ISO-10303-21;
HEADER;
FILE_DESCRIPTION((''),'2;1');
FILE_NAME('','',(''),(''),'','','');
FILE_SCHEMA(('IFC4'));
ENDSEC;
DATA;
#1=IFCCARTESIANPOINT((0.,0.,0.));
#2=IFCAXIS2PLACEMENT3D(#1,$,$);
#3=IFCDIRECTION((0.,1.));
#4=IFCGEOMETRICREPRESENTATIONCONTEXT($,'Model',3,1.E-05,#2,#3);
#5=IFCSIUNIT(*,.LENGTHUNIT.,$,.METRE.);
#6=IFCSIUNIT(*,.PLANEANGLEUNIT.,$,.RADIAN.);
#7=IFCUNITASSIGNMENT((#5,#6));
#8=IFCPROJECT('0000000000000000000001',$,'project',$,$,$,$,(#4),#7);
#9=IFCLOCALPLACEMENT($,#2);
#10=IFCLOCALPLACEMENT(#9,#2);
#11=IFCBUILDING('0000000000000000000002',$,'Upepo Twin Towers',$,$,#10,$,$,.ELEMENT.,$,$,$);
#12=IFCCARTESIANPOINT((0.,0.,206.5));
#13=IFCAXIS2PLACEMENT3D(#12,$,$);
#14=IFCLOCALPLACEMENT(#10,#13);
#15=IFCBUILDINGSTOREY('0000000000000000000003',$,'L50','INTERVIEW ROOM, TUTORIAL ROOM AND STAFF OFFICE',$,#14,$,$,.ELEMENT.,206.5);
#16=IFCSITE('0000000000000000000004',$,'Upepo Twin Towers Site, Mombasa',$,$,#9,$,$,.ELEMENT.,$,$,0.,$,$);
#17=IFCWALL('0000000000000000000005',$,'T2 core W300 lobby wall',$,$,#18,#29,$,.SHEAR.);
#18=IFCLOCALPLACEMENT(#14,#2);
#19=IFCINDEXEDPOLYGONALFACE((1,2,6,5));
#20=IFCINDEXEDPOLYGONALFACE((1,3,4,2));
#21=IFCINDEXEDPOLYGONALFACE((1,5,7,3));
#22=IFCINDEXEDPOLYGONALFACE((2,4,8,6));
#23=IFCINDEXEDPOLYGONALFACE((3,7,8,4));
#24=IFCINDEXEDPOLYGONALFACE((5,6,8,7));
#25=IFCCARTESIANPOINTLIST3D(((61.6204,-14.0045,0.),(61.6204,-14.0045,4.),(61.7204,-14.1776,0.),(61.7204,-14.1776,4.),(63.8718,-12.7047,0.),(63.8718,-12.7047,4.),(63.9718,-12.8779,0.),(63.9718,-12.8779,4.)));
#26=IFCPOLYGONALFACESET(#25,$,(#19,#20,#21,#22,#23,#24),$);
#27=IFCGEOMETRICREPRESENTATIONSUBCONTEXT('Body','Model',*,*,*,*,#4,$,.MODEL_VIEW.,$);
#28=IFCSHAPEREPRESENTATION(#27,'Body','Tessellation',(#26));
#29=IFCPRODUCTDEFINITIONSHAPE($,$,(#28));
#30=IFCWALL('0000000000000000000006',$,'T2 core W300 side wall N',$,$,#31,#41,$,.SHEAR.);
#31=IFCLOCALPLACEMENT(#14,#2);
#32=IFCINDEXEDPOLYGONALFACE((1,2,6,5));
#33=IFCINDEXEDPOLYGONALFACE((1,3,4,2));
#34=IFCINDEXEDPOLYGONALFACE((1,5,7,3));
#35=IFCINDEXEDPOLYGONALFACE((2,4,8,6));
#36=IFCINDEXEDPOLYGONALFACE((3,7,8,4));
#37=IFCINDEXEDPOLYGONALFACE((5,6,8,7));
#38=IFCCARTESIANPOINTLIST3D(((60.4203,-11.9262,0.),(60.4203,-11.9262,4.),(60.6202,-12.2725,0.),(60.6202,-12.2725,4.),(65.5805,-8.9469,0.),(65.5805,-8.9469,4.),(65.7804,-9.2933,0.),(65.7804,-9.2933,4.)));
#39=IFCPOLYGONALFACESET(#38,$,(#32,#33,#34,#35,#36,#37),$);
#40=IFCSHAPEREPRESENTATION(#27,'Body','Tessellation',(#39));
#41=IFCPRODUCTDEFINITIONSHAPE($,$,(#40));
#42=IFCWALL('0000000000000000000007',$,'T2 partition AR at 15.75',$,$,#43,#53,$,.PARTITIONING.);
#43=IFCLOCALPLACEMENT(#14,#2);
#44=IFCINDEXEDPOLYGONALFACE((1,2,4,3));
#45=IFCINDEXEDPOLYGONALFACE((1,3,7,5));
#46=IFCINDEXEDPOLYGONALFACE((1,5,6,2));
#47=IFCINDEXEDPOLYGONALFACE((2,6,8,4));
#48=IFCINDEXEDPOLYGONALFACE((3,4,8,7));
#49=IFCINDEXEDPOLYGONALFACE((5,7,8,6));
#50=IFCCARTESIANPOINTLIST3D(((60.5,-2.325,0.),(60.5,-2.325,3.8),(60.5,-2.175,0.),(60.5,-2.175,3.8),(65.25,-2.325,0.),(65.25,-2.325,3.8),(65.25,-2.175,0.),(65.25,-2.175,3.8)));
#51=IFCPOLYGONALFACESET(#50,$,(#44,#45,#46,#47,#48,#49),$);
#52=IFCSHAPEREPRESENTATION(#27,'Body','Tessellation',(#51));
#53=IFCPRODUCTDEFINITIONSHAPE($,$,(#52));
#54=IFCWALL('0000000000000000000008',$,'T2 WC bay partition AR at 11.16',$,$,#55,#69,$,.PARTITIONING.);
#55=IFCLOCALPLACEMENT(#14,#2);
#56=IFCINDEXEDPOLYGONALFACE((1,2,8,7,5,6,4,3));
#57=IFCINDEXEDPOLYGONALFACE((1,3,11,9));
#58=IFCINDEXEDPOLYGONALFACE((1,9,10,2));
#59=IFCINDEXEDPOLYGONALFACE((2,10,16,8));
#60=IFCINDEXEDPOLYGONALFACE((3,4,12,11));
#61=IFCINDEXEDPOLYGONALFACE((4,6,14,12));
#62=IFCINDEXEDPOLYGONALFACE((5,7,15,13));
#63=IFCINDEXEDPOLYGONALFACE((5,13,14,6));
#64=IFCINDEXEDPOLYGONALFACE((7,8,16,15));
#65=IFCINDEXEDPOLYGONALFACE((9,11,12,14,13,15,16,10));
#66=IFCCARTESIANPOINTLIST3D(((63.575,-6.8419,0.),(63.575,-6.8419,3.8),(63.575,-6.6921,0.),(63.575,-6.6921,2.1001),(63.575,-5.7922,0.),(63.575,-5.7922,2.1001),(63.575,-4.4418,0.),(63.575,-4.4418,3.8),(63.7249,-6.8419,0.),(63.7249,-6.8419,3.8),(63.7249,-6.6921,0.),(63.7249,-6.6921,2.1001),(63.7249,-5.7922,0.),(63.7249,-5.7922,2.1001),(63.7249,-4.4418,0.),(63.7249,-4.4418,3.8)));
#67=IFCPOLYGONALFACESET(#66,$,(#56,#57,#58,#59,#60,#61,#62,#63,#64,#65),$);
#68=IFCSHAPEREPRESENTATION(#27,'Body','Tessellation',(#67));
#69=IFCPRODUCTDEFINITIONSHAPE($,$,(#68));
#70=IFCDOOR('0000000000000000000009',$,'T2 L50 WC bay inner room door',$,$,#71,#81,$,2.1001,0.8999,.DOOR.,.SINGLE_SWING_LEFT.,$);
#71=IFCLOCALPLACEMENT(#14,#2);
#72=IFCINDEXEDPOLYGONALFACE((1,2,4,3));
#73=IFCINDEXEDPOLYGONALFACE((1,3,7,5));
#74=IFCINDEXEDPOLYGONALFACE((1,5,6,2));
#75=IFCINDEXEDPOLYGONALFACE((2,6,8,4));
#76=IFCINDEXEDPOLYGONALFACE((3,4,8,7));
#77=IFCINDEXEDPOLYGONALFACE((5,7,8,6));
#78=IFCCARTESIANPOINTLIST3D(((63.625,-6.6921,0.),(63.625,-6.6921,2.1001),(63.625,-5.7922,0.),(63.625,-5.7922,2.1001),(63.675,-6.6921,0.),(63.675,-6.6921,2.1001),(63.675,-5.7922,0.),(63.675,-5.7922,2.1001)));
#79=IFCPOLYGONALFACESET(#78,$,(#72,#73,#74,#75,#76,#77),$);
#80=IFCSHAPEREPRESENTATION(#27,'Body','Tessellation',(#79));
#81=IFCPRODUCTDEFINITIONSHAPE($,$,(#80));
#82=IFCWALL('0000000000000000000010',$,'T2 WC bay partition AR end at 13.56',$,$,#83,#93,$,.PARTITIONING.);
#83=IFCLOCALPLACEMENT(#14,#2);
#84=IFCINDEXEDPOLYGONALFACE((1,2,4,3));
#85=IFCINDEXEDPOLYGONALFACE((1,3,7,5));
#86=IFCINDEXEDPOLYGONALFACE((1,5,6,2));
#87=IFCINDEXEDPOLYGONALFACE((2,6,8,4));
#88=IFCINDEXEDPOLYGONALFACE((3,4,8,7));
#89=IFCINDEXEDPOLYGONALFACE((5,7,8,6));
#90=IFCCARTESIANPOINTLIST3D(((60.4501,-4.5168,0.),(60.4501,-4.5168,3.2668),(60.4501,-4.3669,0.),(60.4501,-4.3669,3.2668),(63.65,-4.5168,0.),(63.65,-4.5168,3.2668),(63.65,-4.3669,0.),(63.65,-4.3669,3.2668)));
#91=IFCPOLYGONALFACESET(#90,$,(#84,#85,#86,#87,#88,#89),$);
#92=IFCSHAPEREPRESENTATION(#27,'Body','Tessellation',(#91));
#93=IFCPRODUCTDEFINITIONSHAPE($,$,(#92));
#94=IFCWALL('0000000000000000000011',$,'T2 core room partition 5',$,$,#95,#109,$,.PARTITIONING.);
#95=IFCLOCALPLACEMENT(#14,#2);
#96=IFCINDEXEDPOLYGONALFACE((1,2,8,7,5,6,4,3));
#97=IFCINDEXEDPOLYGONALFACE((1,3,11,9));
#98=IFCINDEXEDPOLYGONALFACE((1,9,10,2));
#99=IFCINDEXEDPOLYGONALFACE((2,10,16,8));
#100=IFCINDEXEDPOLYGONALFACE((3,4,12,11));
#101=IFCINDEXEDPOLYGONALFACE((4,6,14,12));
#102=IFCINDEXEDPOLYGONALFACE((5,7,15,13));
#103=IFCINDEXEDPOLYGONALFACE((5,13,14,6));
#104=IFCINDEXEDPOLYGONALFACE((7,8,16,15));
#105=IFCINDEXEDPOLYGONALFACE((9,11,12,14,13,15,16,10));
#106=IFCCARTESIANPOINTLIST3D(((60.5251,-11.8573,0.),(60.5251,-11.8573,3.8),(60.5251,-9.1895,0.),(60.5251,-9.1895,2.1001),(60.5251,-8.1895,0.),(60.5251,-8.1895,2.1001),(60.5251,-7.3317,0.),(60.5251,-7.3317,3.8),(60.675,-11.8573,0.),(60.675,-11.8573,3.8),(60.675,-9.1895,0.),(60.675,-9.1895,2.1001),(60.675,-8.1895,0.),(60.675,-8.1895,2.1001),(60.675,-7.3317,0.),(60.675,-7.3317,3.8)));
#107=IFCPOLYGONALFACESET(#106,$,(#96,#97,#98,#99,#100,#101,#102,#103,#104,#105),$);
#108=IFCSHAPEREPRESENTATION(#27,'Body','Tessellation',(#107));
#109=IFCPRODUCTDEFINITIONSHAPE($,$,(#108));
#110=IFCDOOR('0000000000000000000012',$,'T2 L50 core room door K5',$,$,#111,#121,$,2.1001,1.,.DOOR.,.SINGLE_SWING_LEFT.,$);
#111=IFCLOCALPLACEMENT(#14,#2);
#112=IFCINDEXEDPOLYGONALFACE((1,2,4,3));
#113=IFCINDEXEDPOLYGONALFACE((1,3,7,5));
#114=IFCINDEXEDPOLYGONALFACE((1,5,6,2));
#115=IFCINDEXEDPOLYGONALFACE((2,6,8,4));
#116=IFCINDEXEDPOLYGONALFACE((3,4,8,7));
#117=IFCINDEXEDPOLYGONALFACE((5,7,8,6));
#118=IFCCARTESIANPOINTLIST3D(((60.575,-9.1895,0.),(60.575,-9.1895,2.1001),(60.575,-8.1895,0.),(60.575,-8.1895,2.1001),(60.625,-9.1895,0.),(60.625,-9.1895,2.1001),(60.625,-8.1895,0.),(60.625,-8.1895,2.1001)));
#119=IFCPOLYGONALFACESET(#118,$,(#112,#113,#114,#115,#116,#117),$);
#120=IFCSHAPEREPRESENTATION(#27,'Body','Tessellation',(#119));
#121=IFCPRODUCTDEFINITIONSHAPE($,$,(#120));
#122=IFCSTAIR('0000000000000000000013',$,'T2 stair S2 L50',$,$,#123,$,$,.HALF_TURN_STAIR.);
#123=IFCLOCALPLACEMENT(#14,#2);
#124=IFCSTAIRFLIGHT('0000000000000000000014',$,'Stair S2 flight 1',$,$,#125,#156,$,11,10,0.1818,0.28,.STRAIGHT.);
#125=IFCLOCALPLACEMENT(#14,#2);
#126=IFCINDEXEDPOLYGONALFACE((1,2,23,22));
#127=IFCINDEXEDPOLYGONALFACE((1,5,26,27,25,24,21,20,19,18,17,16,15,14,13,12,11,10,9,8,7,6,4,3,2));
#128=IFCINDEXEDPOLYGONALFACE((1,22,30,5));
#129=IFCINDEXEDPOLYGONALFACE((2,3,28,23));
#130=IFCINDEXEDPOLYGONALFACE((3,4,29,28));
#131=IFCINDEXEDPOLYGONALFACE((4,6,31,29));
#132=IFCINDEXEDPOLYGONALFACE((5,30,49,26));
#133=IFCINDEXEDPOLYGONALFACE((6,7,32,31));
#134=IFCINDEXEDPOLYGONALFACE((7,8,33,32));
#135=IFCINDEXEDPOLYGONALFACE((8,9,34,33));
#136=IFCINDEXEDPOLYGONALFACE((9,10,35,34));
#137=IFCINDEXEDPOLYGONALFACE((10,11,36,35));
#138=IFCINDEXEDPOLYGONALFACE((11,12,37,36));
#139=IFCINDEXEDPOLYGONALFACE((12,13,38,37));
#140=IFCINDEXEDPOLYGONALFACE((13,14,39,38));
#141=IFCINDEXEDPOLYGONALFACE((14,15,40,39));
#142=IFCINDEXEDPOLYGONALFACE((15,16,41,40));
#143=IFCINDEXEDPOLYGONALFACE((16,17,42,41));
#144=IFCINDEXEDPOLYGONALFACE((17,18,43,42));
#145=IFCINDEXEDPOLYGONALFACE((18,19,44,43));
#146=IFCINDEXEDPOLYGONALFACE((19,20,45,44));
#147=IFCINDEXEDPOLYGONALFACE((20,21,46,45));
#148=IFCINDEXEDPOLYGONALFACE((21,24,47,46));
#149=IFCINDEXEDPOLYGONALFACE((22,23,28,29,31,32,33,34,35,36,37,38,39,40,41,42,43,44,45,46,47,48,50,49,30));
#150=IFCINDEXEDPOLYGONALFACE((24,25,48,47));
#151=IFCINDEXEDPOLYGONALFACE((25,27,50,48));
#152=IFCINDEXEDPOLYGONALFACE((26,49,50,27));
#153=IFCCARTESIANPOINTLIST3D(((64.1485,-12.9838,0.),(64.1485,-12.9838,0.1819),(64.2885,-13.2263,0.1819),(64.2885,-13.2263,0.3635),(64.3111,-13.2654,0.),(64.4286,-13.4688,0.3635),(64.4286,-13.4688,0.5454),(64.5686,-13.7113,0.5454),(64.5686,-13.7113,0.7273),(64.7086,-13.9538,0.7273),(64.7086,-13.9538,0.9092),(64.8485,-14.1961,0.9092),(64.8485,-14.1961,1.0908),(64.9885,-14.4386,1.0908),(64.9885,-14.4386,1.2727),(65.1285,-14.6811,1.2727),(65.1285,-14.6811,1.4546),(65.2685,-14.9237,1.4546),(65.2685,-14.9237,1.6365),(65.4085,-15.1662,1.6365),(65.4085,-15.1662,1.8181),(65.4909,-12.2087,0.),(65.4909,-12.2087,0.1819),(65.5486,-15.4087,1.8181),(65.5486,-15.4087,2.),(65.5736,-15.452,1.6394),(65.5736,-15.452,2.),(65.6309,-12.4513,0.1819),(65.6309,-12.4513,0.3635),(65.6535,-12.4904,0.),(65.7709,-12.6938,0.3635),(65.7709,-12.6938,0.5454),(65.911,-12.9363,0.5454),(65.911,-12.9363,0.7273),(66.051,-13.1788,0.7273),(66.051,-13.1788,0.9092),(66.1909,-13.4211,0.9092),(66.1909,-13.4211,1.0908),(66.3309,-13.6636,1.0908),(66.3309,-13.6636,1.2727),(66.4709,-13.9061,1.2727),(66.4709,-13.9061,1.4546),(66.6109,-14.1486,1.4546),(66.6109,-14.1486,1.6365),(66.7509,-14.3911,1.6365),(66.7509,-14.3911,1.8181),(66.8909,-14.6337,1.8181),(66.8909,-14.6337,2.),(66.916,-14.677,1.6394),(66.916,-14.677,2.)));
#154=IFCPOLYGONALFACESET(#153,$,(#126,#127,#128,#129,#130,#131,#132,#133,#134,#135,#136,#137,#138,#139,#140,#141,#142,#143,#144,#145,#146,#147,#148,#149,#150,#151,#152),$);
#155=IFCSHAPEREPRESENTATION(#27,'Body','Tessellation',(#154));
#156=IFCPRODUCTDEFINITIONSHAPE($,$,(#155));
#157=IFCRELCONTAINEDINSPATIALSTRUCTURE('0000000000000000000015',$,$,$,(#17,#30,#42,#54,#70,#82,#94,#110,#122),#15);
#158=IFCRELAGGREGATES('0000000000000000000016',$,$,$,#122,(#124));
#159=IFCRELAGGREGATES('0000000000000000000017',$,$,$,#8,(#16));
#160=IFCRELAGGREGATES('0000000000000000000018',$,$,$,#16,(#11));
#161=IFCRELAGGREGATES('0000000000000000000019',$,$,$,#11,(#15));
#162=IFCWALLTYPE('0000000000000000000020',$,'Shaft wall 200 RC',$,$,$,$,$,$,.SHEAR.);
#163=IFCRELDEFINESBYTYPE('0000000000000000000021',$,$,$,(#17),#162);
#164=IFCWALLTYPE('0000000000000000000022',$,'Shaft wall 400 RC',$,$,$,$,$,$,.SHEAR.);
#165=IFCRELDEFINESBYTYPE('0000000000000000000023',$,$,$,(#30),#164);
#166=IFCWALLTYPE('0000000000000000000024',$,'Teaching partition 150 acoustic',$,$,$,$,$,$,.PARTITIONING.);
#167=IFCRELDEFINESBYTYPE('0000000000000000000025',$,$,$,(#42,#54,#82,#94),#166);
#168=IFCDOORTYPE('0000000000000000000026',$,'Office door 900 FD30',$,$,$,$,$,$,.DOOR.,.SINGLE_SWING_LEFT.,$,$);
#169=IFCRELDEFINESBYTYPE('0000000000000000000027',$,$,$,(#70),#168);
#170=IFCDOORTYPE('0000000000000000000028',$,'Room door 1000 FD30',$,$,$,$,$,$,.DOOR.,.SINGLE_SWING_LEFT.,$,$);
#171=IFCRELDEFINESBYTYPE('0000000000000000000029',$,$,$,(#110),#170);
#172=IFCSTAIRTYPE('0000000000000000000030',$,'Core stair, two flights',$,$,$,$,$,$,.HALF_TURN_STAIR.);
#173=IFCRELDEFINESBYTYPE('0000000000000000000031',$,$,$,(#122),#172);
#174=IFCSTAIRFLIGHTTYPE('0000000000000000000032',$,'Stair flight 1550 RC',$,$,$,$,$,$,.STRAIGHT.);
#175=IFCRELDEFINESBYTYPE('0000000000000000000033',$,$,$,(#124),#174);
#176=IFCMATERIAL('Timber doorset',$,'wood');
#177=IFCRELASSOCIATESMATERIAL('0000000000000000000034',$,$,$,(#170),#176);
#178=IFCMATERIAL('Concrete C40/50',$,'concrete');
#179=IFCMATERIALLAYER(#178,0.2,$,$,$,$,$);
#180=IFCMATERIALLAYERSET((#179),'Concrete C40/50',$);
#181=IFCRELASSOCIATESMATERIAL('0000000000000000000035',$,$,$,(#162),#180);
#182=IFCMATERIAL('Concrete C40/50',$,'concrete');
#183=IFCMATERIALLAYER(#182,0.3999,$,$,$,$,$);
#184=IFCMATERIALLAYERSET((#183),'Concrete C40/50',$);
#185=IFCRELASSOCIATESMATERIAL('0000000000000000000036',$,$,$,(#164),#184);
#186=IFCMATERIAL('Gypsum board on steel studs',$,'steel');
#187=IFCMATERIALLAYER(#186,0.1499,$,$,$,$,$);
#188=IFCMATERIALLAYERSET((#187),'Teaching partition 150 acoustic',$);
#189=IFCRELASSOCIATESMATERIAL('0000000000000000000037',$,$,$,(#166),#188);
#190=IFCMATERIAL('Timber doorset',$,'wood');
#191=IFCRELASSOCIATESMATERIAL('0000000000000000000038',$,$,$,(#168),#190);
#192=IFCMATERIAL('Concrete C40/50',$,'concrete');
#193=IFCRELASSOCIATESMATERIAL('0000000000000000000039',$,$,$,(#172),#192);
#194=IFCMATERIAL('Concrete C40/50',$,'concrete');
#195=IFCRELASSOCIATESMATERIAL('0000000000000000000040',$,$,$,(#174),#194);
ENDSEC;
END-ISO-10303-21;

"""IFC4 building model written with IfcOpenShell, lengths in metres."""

from ifc_helpers import new_model, si_unit, direction, frame, frame_2d, origin, place, context, subcontext, project, spatial, polyline, rectangle, outline, extrude, material, layer, layer_set, type_object, element, fill, aggregate, save


model = new_model("IFC4")

# Units and contexts
model_context = context("Model", 3, precision=1e-05, world=origin(), true_north=direction((0.0, 1.0)))
body_context = subcontext(model_context, "Body", "Model", "MODEL_VIEW")
ifc_project = project(units=[si_unit("LENGTHUNIT", "METRE"), si_unit("PLANEANGLEUNIT", "RADIAN")], contexts=[model_context])

# Site, building, storey
site_placement = place(None, origin())
site = spatial("IfcSite", under=ifc_project, at=site_placement, Name="Upepo Twin Towers Site, Mombasa", CompositionType="ELEMENT", RefElevation=0.0)
building_placement = place(site_placement, origin())
building = spatial("IfcBuilding", under=site, at=building_placement, Name="Upepo Twin Towers", CompositionType="ELEMENT")
storey_placement = place(building_placement, frame((0.0, 0.0, 206.5)))
storey = spatial("IfcBuildingStorey", under=building, at=storey_placement, Name="L50", Description="INTERVIEW ROOM, TUTORIAL ROOM AND STAFF OFFICE", CompositionType="ELEMENT", Elevation=206.5)

# Shared definitions
ifc_material_1 = material(Name="Timber doorset", Category="wood")
door_type_1 = type_object("IfcDoorType", Name="Room door 1000 FD30", OperationType="SINGLE_SWING_LEFT", PredefinedType="DOOR", material=ifc_material_1)

# Walls
ifc_material_2 = material(Name="Concrete C40/50", Category="concrete")
ifc_layer_1 = layer(ifc_material_2, 0.2)
ifc_layer_set_1 = layer_set([ifc_layer_1], Name="Concrete C40/50")
wall_type_1 = type_object("IfcWallType", Name="Shaft wall 200 RC", PredefinedType="SHEAR", material=ifc_layer_set_1)
wall_1_placement = place(storey_placement, frame((61.6704, -14.0911, 0.0), z_axis=(0.0, 0.0, 1.0), x_axis=(0.866039, 0.499977, 0.0)))
element("IfcWall", 1, at=wall_1_placement, inside=storey, type_object=wall_type_1, Name="T2 core W300 lobby wall", PredefinedType="SHEAR", context=body_context, shape_type="SweptSolid", body=[
    extrude(rectangle(XDim=2.5996, YDim=0.2, at=frame_2d((1.2998, 0.0))), origin(), (0.0, 0.0, 1.0), 4.0),
])
ifc_material_3 = material(Name="Concrete C40/50", Category="concrete")
ifc_layer_2 = layer(ifc_material_3, 0.3999)
ifc_layer_set_2 = layer_set([ifc_layer_2], Name="Concrete C40/50")
wall_type_2 = type_object("IfcWallType", Name="Shaft wall 400 RC", PredefinedType="SHEAR", material=ifc_layer_set_2)
wall_2_placement = place(storey_placement, frame((60.5203, -12.0994, 0.0), z_axis=(0.0, 0.0, 1.0), x_axis=(0.866023, 0.500004, 0.0)))
element("IfcWall", 2, at=wall_2_placement, inside=storey, type_object=wall_type_2, Name="T2 core W300 side wall N", PredefinedType="SHEAR", context=body_context, shape_type="SweptSolid", body=[
    extrude(rectangle(XDim=5.9585, YDim=0.3999, at=frame_2d((2.9792, 0.0))), origin(), (0.0, 0.0, 1.0), 4.0),
])
ifc_material_4 = material(Name="Gypsum board on steel studs", Category="steel")
ifc_layer_3 = layer(ifc_material_4, 0.1499)
ifc_layer_set_3 = layer_set([ifc_layer_3], Name="Teaching partition 150 acoustic")
wall_type_3 = type_object("IfcWallType", Name="Teaching partition 150 acoustic", PredefinedType="PARTITIONING", material=ifc_layer_set_3)
wall_3_placement = place(storey_placement, frame((60.5, -2.25, 0.0), z_axis=(0.0, 0.0, 1.0), x_axis=(1.0, 0.0, 0.0)))
element("IfcWall", 3, at=wall_3_placement, inside=storey, type_object=wall_type_3, Name="T2 partition AR at 15.75", PredefinedType="PARTITIONING", context=body_context, shape_type="SweptSolid", body=[
    extrude(rectangle(XDim=4.75, YDim=0.1499, at=frame_2d((2.375, 0.0))), origin(), (0.0, 0.0, 1.0), 3.8),
])

# Wall, opening, door
wall_4_placement = place(storey_placement, frame((63.6499, -6.842, 0.0), z_axis=(0.0, 0.0, 1.0), x_axis=(0.0, 1.0, 0.0)))
wall_4 = element("IfcWall", 4, at=wall_4_placement, inside=storey, type_object=wall_type_3, Name="T2 WC bay partition AR at 11.16", PredefinedType="PARTITIONING", context=body_context, shape_type="SweptSolid", body=[
    extrude(rectangle(XDim=2.4001, YDim=0.1499, at=frame_2d((1.2002, 0.0))), origin(), (0.0, 0.0, 1.0), 3.8),
])
opening_1_placement = place(wall_4_placement, frame((0.1499, 0.0, 0.0)))
opening_1 = element("IfcOpeningElement", 5, at=opening_1_placement, cuts=wall_4, PredefinedType="OPENING", context=body_context, shape_type="SweptSolid", body=[
    extrude(rectangle(XDim=0.8999, YDim=2.1001, at=frame_2d((0.45, 1.05))), frame((0.0, 0.085, 0.0), z_axis=(0.0, -1.0, 0.0), x_axis=(1.0, 0.0, 0.0)), (0.0, 0.0, 1.0), 0.1699),
])
ifc_material_5 = material(Name="Timber doorset", Category="wood")
door_type_2 = type_object("IfcDoorType", Name="Office door 900 FD30", OperationType="SINGLE_SWING_LEFT", PredefinedType="DOOR", material=ifc_material_5)
door_1_placement = place(opening_1_placement, origin())
door_1 = element("IfcDoor", 6, at=door_1_placement, inside=storey, type_object=door_type_2, Name="T2 L50 WC bay inner room door", OperationType="SINGLE_SWING_LEFT", OverallHeight=2.1001, OverallWidth=0.8999, PredefinedType="DOOR", context=body_context, shape_type="SweptSolid", body=[
    extrude(rectangle(XDim=0.8999, YDim=2.1001, at=frame_2d((0.45, 1.05))), frame((0.0, 0.0249, 0.0), z_axis=(0.0, -1.0, 0.0), x_axis=(1.0, 0.0, 0.0)), (0.0, 0.0, 1.0), 0.05),
])
fill(opening_1, door_1)

# Wall
wall_5_placement = place(storey_placement, frame((60.45, -4.4419, 0.0), z_axis=(0.0, 0.0, 1.0), x_axis=(1.0, 0.0, 0.0)))
element("IfcWall", 7, at=wall_5_placement, inside=storey, type_object=wall_type_3, Name="T2 WC bay partition AR end at 13.56", PredefinedType="PARTITIONING", context=body_context, shape_type="SweptSolid", body=[
    extrude(rectangle(XDim=3.2, YDim=0.1499, at=frame_2d((1.6001, 0.0))), origin(), (0.0, 0.0, 1.0), 3.2668),
])

# Wall, opening, door
wall_6_placement = place(storey_placement, frame((60.6001, -7.3318, 0.0), z_axis=(0.0, 0.0, 1.0), x_axis=(0.0, -1.0, 0.0)))
wall_6 = element("IfcWall", 8, at=wall_6_placement, inside=storey, type_object=wall_type_3, Name="T2 core room partition 5", PredefinedType="PARTITIONING", context=body_context, shape_type="SweptSolid", body=[
    extrude(rectangle(XDim=4.5256, YDim=0.1499, at=frame_2d((2.2627, 0.0))), origin(), (0.0, 0.0, 1.0), 3.8),
])
opening_2_placement = place(wall_6_placement, frame((0.8577, 0.0, 0.0)))
opening_2 = element("IfcOpeningElement", 9, at=opening_2_placement, cuts=wall_6, PredefinedType="OPENING", context=body_context, shape_type="SweptSolid", body=[
    extrude(rectangle(XDim=1.0, YDim=2.1001, at=frame_2d((0.5, 1.05))), frame((0.0, 0.085, 0.0), z_axis=(0.0, -1.0, 0.0), x_axis=(1.0, 0.0, 0.0)), (0.0, 0.0, 1.0), 0.1699),
])
door_2_placement = place(opening_2_placement, origin())
door_2 = element("IfcDoor", 10, at=door_2_placement, inside=storey, type_object=door_type_1, Name="T2 L50 core room door K5", OperationType="SINGLE_SWING_LEFT", OverallHeight=2.1001, OverallWidth=1.0, PredefinedType="DOOR", context=body_context, shape_type="SweptSolid", body=[
    extrude(rectangle(XDim=1.0, YDim=2.1001, at=frame_2d((0.5, 1.05))), frame((0.0, 0.0249, 0.0), z_axis=(0.0, -1.0, 0.0), x_axis=(1.0, 0.0, 0.0)), (0.0, 0.0, 1.0), 0.05),
])
fill(opening_2, door_2)

# Stair, stair flight
ifc_material_6 = material(Name="Concrete C40/50", Category="concrete")
stair_type = type_object("IfcStairType", Name="Core stair, two flights", PredefinedType="HALF_TURN_STAIR", material=ifc_material_6)
stair_placement = place(storey_placement, origin())
stair = element("IfcStair", 11, at=stair_placement, inside=storey, type_object=stair_type, Name="T2 stair S2 L50", PredefinedType="HALF_TURN_STAIR")
ifc_material_7 = material(Name="Concrete C40/50", Category="concrete")
stair_flight_type = type_object("IfcStairFlightType", Name="Stair flight 1550 RC", PredefinedType="STRAIGHT", material=ifc_material_7)
stair_flight_1_placement = place(storey_placement, frame((64.8198, -12.5962, 0.0), z_axis=(0.0, 0.0, 1.0), x_axis=(0.5, -0.866025, 0.0)))
stair_flight_1 = element("IfcStairFlight", 12, at=stair_flight_1_placement, type_object=stair_flight_type, Name="Stair S2 flight 1", NumberOfRisers=11, NumberOfTreads=10, PredefinedType="STRAIGHT", RiserHeight=0.1818, TreadLength=0.28, context=body_context, shape_type="SweptSolid", body=[
    extrude(outline(polyline([(0.0, 0.0), (0.0, 0.1819), (0.28, 0.1819), (0.28, 0.3635), (0.5601, 0.3635), (0.5601, 0.5454), (0.8401, 0.5454), (0.8401, 0.7273), (1.1201, 0.7273), (1.1201, 0.9092), (1.3999, 0.9092), (1.3999, 1.0908), (1.6799, 1.0908), (1.6799, 1.2727), (1.96, 1.2727), (1.96, 1.4546), (2.24, 1.4546), (2.24, 1.6365), (2.52, 1.6365), (2.52, 1.8181), (2.8, 1.8181), (2.8, 2.0), (2.8501, 2.0), (2.8501, 1.6394), (0.3252, 0.0), (0.0, 0.0)])), frame((0.0, 0.7749, 0.0), z_axis=(0.0, -1.0, 0.0), x_axis=(1.0, 0.0, 0.0)), (0.0, 0.0, 1.0), 1.55),
])
aggregate(stair, [stair_flight_1])

save(model, "model.ifc")
